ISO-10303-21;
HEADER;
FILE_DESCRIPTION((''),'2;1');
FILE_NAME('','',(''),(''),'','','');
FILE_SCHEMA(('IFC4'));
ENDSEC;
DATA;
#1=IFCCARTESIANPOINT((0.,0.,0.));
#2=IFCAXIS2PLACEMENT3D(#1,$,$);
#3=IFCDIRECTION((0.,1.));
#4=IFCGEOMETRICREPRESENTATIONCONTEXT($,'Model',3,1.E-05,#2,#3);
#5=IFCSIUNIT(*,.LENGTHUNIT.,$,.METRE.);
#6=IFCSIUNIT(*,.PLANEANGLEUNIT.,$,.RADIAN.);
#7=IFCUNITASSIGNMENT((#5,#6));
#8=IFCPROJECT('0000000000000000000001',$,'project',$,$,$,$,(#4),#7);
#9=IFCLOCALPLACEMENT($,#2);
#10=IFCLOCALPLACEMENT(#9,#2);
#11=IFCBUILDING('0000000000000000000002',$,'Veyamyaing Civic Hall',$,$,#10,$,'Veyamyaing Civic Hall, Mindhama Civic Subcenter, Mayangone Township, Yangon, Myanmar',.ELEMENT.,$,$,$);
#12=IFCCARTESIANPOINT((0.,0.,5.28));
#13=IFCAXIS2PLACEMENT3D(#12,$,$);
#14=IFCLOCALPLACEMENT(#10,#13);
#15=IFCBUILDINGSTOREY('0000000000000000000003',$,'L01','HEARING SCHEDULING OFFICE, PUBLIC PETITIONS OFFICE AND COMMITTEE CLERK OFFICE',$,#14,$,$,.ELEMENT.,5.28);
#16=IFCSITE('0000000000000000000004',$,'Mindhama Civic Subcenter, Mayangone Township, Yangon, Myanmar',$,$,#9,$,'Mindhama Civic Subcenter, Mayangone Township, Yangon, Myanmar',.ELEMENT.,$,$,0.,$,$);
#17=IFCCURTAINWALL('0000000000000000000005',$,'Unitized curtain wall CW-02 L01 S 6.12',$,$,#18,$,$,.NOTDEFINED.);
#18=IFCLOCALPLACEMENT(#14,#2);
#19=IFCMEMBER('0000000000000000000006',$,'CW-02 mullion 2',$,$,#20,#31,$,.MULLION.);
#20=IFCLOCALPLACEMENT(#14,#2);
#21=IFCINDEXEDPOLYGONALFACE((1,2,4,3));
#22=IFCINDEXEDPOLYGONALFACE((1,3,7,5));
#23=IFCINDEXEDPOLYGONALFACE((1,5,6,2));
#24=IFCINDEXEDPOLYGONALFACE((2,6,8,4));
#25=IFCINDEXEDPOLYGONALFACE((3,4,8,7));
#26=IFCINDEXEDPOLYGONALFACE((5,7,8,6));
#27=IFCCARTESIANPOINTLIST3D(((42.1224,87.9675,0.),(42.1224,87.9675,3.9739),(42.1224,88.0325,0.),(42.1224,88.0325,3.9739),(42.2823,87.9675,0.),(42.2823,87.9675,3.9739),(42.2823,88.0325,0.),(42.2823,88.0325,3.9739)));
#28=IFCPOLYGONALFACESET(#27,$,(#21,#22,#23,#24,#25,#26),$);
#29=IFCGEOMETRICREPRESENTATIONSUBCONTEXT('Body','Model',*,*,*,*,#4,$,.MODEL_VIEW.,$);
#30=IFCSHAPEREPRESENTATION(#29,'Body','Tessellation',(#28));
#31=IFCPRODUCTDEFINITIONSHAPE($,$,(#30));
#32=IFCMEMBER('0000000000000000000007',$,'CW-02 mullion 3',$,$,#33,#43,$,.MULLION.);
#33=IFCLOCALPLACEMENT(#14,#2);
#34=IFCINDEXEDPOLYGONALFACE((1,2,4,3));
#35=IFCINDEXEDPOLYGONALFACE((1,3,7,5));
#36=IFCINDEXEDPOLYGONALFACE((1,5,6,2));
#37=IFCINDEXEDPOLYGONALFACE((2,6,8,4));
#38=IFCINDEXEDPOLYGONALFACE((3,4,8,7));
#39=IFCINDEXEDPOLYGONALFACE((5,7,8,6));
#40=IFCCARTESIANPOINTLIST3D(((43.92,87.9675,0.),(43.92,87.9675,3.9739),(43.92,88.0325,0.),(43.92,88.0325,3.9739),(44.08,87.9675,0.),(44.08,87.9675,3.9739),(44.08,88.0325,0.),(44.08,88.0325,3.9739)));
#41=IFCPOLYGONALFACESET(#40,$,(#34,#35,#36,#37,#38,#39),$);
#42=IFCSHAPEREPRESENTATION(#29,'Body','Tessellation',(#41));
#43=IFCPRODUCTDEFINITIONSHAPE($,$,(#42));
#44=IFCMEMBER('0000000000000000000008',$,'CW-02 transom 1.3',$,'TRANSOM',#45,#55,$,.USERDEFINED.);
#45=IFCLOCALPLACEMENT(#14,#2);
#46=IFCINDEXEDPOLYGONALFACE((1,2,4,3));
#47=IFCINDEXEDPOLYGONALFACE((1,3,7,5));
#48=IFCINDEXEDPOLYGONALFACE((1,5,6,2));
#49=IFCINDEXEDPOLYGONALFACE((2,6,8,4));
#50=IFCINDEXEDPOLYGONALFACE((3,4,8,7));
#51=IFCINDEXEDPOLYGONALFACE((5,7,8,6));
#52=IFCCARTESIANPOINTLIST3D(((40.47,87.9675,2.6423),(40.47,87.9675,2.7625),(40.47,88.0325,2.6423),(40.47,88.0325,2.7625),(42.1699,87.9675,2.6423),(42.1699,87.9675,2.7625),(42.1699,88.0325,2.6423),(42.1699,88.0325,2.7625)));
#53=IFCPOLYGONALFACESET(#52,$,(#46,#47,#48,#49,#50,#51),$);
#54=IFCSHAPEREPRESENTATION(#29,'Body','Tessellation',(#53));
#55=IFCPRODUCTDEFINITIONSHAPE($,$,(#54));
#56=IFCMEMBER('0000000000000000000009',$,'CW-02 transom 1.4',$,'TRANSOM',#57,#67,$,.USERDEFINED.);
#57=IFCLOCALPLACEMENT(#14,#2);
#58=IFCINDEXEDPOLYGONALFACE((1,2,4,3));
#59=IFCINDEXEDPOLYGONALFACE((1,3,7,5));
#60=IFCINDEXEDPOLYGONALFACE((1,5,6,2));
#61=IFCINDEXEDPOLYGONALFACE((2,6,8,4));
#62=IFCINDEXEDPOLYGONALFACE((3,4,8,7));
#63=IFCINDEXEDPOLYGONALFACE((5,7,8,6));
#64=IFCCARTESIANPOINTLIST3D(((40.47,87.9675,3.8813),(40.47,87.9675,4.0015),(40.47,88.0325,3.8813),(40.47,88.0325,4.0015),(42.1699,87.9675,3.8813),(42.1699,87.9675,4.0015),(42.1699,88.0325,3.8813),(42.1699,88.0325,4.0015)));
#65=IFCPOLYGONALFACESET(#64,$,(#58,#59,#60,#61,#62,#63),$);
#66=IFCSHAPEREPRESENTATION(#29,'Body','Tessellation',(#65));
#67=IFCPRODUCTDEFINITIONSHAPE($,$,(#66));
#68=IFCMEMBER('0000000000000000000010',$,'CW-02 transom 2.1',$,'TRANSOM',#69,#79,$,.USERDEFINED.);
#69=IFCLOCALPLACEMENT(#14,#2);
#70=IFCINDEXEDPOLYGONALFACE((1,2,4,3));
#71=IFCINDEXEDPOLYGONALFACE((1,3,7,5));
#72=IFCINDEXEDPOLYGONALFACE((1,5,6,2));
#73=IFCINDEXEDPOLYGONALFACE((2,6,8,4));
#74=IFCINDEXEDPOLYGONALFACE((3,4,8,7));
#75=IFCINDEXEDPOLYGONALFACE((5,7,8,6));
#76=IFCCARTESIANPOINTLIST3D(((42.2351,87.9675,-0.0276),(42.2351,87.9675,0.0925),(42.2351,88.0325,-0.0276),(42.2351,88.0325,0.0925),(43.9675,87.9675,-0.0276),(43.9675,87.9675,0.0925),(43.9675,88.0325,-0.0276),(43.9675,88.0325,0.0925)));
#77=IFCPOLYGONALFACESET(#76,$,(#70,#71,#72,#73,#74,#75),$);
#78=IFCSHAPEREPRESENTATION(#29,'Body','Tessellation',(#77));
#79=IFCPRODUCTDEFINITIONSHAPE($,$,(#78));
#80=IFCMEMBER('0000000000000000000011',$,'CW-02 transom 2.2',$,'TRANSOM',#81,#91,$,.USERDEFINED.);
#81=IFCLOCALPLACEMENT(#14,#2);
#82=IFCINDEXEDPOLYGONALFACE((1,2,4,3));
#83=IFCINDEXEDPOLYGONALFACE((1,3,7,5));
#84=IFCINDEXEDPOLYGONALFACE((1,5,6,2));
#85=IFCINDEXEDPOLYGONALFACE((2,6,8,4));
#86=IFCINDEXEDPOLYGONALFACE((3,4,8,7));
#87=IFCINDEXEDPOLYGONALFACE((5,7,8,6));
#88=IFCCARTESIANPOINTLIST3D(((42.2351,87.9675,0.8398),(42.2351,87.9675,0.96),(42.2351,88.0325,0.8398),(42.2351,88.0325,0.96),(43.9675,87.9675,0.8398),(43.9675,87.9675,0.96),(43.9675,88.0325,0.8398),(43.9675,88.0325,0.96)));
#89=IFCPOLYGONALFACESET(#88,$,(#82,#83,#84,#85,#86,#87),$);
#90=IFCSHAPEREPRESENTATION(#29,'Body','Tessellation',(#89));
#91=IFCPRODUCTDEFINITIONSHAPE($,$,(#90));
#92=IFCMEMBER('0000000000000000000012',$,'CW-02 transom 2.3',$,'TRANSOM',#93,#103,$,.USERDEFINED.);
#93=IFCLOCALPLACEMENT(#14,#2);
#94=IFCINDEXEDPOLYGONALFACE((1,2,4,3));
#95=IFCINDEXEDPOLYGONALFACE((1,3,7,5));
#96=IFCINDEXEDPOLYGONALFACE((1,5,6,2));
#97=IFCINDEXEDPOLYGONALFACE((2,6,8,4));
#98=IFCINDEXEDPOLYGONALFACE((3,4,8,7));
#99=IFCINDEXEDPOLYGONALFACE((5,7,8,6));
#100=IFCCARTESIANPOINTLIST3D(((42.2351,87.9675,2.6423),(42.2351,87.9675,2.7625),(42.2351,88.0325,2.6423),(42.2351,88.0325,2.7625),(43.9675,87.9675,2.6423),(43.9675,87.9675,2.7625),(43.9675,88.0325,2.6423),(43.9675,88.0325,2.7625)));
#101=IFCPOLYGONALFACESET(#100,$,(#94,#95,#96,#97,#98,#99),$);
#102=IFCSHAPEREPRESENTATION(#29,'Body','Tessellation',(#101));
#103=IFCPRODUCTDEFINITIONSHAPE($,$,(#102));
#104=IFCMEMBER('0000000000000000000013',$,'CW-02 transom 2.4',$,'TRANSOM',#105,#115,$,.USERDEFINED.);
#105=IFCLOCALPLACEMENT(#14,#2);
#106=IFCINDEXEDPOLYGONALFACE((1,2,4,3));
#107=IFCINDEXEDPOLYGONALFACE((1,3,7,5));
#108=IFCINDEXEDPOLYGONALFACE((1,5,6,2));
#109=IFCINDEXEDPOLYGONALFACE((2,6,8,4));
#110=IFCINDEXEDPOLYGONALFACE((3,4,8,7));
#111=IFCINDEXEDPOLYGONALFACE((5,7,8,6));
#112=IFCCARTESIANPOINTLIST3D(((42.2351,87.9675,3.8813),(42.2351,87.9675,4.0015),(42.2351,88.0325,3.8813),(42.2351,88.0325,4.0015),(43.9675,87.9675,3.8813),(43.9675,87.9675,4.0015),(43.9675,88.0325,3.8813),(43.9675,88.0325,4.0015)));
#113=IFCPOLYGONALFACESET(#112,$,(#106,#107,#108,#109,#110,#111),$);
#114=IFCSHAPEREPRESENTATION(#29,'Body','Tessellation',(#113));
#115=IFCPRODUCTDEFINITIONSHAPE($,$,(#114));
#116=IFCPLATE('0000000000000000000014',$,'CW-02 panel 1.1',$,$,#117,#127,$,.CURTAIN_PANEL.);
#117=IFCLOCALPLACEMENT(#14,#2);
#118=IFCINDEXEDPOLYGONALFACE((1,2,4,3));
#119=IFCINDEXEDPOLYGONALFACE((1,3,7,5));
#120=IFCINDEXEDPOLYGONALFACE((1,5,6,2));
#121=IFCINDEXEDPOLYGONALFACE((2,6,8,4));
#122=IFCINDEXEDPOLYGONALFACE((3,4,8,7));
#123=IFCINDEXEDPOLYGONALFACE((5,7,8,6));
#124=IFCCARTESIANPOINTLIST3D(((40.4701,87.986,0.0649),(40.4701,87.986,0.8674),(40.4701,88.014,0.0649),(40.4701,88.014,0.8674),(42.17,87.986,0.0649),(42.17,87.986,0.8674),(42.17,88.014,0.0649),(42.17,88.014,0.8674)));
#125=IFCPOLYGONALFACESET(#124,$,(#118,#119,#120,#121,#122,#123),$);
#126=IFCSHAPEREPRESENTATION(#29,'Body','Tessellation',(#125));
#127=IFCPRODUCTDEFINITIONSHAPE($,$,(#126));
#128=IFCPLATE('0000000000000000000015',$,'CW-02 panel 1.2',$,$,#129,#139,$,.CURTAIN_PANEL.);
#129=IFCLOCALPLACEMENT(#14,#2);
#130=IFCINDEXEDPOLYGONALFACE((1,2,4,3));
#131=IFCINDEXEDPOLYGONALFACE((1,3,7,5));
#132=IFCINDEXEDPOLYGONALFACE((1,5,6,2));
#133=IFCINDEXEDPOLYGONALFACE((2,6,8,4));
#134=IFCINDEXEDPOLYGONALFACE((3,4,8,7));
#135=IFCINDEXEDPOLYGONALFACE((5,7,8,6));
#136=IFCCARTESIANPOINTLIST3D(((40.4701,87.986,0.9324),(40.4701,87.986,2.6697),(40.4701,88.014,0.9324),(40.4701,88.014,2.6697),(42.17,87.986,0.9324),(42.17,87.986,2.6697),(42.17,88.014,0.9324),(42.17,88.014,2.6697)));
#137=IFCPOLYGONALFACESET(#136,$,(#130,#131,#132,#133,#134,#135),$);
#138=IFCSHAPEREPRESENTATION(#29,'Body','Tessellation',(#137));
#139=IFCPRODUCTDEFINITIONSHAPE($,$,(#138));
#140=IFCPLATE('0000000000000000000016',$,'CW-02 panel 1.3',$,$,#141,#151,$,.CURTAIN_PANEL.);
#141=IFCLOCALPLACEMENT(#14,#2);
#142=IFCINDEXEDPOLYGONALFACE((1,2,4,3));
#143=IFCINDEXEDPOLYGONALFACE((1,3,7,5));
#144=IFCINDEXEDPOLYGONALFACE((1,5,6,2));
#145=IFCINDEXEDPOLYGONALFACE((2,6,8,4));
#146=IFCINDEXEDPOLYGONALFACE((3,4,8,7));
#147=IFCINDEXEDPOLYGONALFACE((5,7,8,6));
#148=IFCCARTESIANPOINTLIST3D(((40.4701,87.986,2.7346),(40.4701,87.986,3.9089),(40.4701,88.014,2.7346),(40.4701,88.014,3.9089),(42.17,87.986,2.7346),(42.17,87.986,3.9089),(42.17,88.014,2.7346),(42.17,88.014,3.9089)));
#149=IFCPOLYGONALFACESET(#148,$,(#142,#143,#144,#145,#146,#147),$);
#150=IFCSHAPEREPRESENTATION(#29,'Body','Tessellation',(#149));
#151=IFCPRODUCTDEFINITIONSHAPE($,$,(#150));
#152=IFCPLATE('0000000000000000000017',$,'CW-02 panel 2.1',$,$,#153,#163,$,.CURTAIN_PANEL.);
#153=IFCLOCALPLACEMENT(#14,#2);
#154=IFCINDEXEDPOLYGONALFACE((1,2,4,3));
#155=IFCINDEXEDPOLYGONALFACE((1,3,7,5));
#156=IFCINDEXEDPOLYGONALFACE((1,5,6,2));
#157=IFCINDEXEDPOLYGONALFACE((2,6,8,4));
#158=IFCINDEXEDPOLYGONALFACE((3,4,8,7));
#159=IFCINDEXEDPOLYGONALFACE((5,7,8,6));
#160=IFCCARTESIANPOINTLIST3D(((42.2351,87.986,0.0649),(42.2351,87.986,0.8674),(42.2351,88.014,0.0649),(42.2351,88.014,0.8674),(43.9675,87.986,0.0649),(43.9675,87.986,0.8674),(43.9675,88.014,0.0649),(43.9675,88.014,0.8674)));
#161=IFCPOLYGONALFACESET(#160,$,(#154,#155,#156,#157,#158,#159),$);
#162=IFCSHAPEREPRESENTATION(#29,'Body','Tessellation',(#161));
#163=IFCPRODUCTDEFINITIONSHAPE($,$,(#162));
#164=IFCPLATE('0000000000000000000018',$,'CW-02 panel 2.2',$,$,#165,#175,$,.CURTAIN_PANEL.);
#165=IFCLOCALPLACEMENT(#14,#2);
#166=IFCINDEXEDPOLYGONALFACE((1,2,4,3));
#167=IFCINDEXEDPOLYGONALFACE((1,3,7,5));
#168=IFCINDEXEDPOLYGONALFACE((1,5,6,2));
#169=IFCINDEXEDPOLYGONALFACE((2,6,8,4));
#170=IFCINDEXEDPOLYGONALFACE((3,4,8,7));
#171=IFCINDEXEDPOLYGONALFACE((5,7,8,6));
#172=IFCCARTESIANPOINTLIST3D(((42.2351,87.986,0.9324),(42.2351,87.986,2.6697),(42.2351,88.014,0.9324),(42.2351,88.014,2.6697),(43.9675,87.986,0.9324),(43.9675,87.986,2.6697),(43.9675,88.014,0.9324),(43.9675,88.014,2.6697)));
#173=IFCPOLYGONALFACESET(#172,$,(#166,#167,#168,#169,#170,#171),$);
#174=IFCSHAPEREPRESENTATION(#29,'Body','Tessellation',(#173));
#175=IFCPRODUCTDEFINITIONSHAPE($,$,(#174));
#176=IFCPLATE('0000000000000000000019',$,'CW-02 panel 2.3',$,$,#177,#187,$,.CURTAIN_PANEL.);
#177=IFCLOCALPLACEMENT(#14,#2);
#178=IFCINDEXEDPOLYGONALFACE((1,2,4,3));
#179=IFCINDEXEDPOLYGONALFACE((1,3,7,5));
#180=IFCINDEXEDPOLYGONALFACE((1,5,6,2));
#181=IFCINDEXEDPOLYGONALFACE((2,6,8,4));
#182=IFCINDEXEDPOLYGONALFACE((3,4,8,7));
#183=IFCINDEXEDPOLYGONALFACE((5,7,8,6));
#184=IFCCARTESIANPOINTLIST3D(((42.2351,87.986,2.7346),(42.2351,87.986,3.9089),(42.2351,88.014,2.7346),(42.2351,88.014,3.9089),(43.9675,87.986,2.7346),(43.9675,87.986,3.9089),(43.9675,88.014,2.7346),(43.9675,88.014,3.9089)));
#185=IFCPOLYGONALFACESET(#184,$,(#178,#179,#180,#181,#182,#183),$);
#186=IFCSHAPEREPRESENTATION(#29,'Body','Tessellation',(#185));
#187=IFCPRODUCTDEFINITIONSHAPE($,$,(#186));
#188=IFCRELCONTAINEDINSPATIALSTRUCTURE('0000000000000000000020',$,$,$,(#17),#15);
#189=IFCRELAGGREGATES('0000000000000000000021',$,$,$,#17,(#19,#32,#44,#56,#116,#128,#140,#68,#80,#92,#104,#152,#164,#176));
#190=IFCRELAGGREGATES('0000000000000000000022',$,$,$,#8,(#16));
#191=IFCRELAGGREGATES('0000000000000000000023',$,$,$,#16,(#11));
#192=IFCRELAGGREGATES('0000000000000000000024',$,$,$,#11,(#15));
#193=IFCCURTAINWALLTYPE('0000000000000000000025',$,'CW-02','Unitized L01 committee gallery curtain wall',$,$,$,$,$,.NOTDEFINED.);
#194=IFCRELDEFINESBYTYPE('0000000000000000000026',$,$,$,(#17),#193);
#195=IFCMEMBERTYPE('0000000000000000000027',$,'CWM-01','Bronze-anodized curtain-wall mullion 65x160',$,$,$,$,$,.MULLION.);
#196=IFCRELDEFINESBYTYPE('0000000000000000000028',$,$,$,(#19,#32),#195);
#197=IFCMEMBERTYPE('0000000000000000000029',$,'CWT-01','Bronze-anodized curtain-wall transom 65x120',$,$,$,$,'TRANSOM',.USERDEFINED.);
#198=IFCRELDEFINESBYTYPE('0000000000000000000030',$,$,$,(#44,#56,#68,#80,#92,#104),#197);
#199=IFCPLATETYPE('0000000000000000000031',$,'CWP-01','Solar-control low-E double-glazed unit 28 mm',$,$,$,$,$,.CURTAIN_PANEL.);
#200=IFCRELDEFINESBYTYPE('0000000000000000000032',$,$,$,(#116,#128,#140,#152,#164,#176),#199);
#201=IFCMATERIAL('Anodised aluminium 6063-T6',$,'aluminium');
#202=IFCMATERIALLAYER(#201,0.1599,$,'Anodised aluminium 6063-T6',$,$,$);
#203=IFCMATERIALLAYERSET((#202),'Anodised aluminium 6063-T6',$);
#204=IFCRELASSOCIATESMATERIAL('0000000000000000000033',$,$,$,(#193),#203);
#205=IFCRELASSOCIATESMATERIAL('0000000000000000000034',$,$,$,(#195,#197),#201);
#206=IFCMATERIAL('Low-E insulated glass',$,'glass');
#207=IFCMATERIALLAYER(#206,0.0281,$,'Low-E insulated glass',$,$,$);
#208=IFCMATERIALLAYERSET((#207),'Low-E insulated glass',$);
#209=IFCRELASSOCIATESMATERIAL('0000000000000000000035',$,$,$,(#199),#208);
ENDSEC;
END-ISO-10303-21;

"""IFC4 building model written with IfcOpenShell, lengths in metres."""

from ifc_helpers import new_model, si_unit, direction, frame, origin, origin_2d, place, context, subcontext, project, spatial, rectangle, extrude, material, layer, layer_set, material_profile, profile_set, type_object, element, aggregate, save


model = new_model("IFC4")

# Units and contexts
model_context = context("Model", 3, precision=1e-05, world=origin(), true_north=direction((0.0, 1.0)))
body_context = subcontext(model_context, "Body", "Model", "MODEL_VIEW")
ifc_project = project(units=[si_unit("LENGTHUNIT", "METRE"), si_unit("PLANEANGLEUNIT", "RADIAN")], contexts=[model_context])

# Site, building, storey
site_placement = place(None, origin())
site = spatial("IfcSite", under=ifc_project, at=site_placement, Name="Mindhama Civic Subcenter, Mayangone Township, Yangon, Myanmar", LongName="Mindhama Civic Subcenter, Mayangone Township, Yangon, Myanmar", CompositionType="ELEMENT", RefElevation=0.0)
building_placement = place(site_placement, origin())
building = spatial("IfcBuilding", under=site, at=building_placement, Name="Veyamyaing Civic Hall", LongName="Veyamyaing Civic Hall, Mindhama Civic Subcenter, Mayangone Township, Yangon, Myanmar", CompositionType="ELEMENT")
storey_placement = place(building_placement, frame((0.0, 0.0, 5.28)))
storey = spatial("IfcBuildingStorey", under=building, at=storey_placement, Name="L01", Description="HEARING SCHEDULING OFFICE, PUBLIC PETITIONS OFFICE AND COMMITTEE CLERK OFFICE", CompositionType="ELEMENT", Elevation=5.28)

# Curtain wall, members, plates
ifc_material_1 = material(Name="Anodised aluminium 6063-T6", Category="aluminium")
ifc_layer_1 = layer(ifc_material_1, 0.1599, Name="Anodised aluminium 6063-T6")
ifc_layer_set_1 = layer_set([ifc_layer_1], Name="Anodised aluminium 6063-T6")
curtain_wall_type = type_object("IfcCurtainWallType", Name="CW-02", Description="Unitized L01 committee gallery curtain wall", PredefinedType="NOTDEFINED", material=ifc_layer_set_1)
curtain_wall_placement = place(storey_placement, origin())
curtain_wall = element("IfcCurtainWall", 1, at=curtain_wall_placement, inside=storey, type_object=curtain_wall_type, Name="Unitized curtain wall CW-02 L01 S 6.12", PredefinedType="NOTDEFINED")
ifc_material_profile_1 = material_profile(ifc_material_1, rectangle(XDim=0.0649, YDim=0.1599, at=origin_2d()), Name="ALU-MUL-65X160")
ifc_profile_set_1 = profile_set([ifc_material_profile_1], Name="Anodised aluminium 6063-T6")
member_type_1 = type_object("IfcMemberType", Name="CWM-01", Description="Bronze-anodized curtain-wall mullion 65x160", PredefinedType="MULLION", material=ifc_profile_set_1)
member_1_placement = place(storey_placement, frame((42.2024, 88.0, 0.0), z_axis=(0.0, 0.0, 1.0), x_axis=(0.0, 1.0, 0.0)))
member_1 = element("IfcMember", 2, at=member_1_placement, type_object=member_type_1, Name="CW-02 mullion 2", PredefinedType="MULLION", context=body_context, shape_type="SweptSolid", body=[
    extrude(rectangle(XDim=0.0649, YDim=0.1599, at=origin_2d()), origin(), (0.0, 0.0, 1.0), 3.9739),
])
member_2_placement = place(storey_placement, frame((44.0, 88.0, 0.0), z_axis=(0.0, 0.0, 1.0), x_axis=(0.0, 1.0, 0.0)))
member_2 = element("IfcMember", 3, at=member_2_placement, type_object=member_type_1, Name="CW-02 mullion 3", PredefinedType="MULLION", context=body_context, shape_type="SweptSolid", body=[
    extrude(rectangle(XDim=0.0649, YDim=0.1599, at=origin_2d()), origin(), (0.0, 0.0, 1.0), 3.9739),
])
ifc_material_profile_2 = material_profile(ifc_material_1, rectangle(XDim=0.0649, YDim=0.1201, at=origin_2d()), Name="ALU-TRN-65X120")
ifc_profile_set_2 = profile_set([ifc_material_profile_2], Name="Anodised aluminium 6063-T6")
member_type_2 = type_object("IfcMemberType", Name="CWT-01", Description="Bronze-anodized curtain-wall transom 65x120", ElementType="TRANSOM", PredefinedType="USERDEFINED", material=ifc_profile_set_2)
member_3_placement = place(storey_placement, frame((40.47, 88.0, 2.7024), z_axis=(1.0, 0.0, 0.0), x_axis=(0.0, 1.0, 0.0)))
member_3 = element("IfcMember", 4, at=member_3_placement, type_object=member_type_2, Name="CW-02 transom 1.3", ObjectType="TRANSOM", PredefinedType="USERDEFINED", context=body_context, shape_type="SweptSolid", body=[
    extrude(rectangle(XDim=0.0649, YDim=0.1201, at=origin_2d()), origin(), (0.0, 0.0, 1.0), 1.7),
])
member_4_placement = place(storey_placement, frame((40.47, 88.0, 3.9414), z_axis=(1.0, 0.0, 0.0), x_axis=(0.0, 1.0, 0.0)))
member_4 = element("IfcMember", 5, at=member_4_placement, type_object=member_type_2, Name="CW-02 transom 1.4", ObjectType="TRANSOM", PredefinedType="USERDEFINED", context=body_context, shape_type="SweptSolid", body=[
    extrude(rectangle(XDim=0.0649, YDim=0.1201, at=origin_2d()), origin(), (0.0, 0.0, 1.0), 1.7),
])
member_5_placement = place(storey_placement, frame((42.2351, 88.0, 0.0325), z_axis=(1.0, 0.0, 0.0), x_axis=(0.0, 1.0, 0.0)))
member_5 = element("IfcMember", 6, at=member_5_placement, type_object=member_type_2, Name="CW-02 transom 2.1", ObjectType="TRANSOM", PredefinedType="USERDEFINED", context=body_context, shape_type="SweptSolid", body=[
    extrude(rectangle(XDim=0.0649, YDim=0.1201, at=origin_2d()), origin(), (0.0, 0.0, 1.0), 1.7324),
])
member_6_placement = place(storey_placement, frame((42.2351, 88.0, 0.8999), z_axis=(1.0, 0.0, 0.0), x_axis=(0.0, 1.0, 0.0)))
member_6 = element("IfcMember", 7, at=member_6_placement, type_object=member_type_2, Name="CW-02 transom 2.2", ObjectType="TRANSOM", PredefinedType="USERDEFINED", context=body_context, shape_type="SweptSolid", body=[
    extrude(rectangle(XDim=0.0649, YDim=0.1201, at=origin_2d()), origin(), (0.0, 0.0, 1.0), 1.7324),
])
member_7_placement = place(storey_placement, frame((42.2351, 88.0, 2.7024), z_axis=(1.0, 0.0, 0.0), x_axis=(0.0, 1.0, 0.0)))
member_7 = element("IfcMember", 8, at=member_7_placement, type_object=member_type_2, Name="CW-02 transom 2.3", ObjectType="TRANSOM", PredefinedType="USERDEFINED", context=body_context, shape_type="SweptSolid", body=[
    extrude(rectangle(XDim=0.0649, YDim=0.1201, at=origin_2d()), origin(), (0.0, 0.0, 1.0), 1.7324),
])
member_8_placement = place(storey_placement, frame((42.2351, 88.0, 3.9414), z_axis=(1.0, 0.0, 0.0), x_axis=(0.0, 1.0, 0.0)))
member_8 = element("IfcMember", 9, at=member_8_placement, type_object=member_type_2, Name="CW-02 transom 2.4", ObjectType="TRANSOM", PredefinedType="USERDEFINED", context=body_context, shape_type="SweptSolid", body=[
    extrude(rectangle(XDim=0.0649, YDim=0.1201, at=origin_2d()), origin(), (0.0, 0.0, 1.0), 1.7324),
])
ifc_material_2 = material(Name="Low-E insulated glass", Category="glass")
ifc_layer_2 = layer(ifc_material_2, 0.0281, Name="Low-E insulated glass")
ifc_layer_set_2 = layer_set([ifc_layer_2], Name="Low-E insulated glass")
plate_type = type_object("IfcPlateType", Name="CWP-01", Description="Solar-control low-E double-glazed unit 28 mm", PredefinedType="CURTAIN_PANEL", material=ifc_layer_set_2)
plate_1_placement = place(storey_placement, frame((41.3201, 88.0, 0.0649), z_axis=(0.0, 0.0, 1.0), x_axis=(1.0, 0.0, 0.0)))
plate_1 = element("IfcPlate", 10, at=plate_1_placement, type_object=plate_type, Name="CW-02 panel 1.1", PredefinedType="CURTAIN_PANEL", context=body_context, shape_type="SweptSolid", body=[
    extrude(rectangle(XDim=1.7, YDim=0.0281, at=origin_2d()), origin(), (0.0, 0.0, 1.0), 0.8025),
])
plate_2_placement = place(storey_placement, frame((41.3201, 88.0, 0.9324), z_axis=(0.0, 0.0, 1.0), x_axis=(1.0, 0.0, 0.0)))
plate_2 = element("IfcPlate", 11, at=plate_2_placement, type_object=plate_type, Name="CW-02 panel 1.2", PredefinedType="CURTAIN_PANEL", context=body_context, shape_type="SweptSolid", body=[
    extrude(rectangle(XDim=1.7, YDim=0.0281, at=origin_2d()), origin(), (0.0, 0.0, 1.0), 1.7373),
])
plate_3_placement = place(storey_placement, frame((41.3201, 88.0, 2.7346), z_axis=(0.0, 0.0, 1.0), x_axis=(1.0, 0.0, 0.0)))
plate_3 = element("IfcPlate", 12, at=plate_3_placement, type_object=plate_type, Name="CW-02 panel 1.3", PredefinedType="CURTAIN_PANEL", context=body_context, shape_type="SweptSolid", body=[
    extrude(rectangle(XDim=1.7, YDim=0.0281, at=origin_2d()), origin(), (0.0, 0.0, 1.0), 1.1743),
])
plate_4_placement = place(storey_placement, frame((43.1013, 88.0, 0.0649), z_axis=(0.0, 0.0, 1.0), x_axis=(1.0, 0.0, 0.0)))
plate_4 = element("IfcPlate", 13, at=plate_4_placement, type_object=plate_type, Name="CW-02 panel 2.1", PredefinedType="CURTAIN_PANEL", context=body_context, shape_type="SweptSolid", body=[
    extrude(rectangle(XDim=1.7324, YDim=0.0281, at=origin_2d()), origin(), (0.0, 0.0, 1.0), 0.8025),
])
plate_5_placement = place(storey_placement, frame((43.1013, 88.0, 0.9324), z_axis=(0.0, 0.0, 1.0), x_axis=(1.0, 0.0, 0.0)))
plate_5 = element("IfcPlate", 14, at=plate_5_placement, type_object=plate_type, Name="CW-02 panel 2.2", PredefinedType="CURTAIN_PANEL", context=body_context, shape_type="SweptSolid", body=[
    extrude(rectangle(XDim=1.7324, YDim=0.0281, at=origin_2d()), origin(), (0.0, 0.0, 1.0), 1.7373),
])
plate_6_placement = place(storey_placement, frame((43.1013, 88.0, 2.7346), z_axis=(0.0, 0.0, 1.0), x_axis=(1.0, 0.0, 0.0)))
plate_6 = element("IfcPlate", 15, at=plate_6_placement, type_object=plate_type, Name="CW-02 panel 2.3", PredefinedType="CURTAIN_PANEL", context=body_context, shape_type="SweptSolid", body=[
    extrude(rectangle(XDim=1.7324, YDim=0.0281, at=origin_2d()), origin(), (0.0, 0.0, 1.0), 1.1743),
])
aggregate(curtain_wall, [member_1, member_2, member_3, member_4, plate_1, plate_2, plate_3, member_5, member_6, member_7, member_8, plate_4, plate_5, plate_6])

save(model, "model.ifc")
